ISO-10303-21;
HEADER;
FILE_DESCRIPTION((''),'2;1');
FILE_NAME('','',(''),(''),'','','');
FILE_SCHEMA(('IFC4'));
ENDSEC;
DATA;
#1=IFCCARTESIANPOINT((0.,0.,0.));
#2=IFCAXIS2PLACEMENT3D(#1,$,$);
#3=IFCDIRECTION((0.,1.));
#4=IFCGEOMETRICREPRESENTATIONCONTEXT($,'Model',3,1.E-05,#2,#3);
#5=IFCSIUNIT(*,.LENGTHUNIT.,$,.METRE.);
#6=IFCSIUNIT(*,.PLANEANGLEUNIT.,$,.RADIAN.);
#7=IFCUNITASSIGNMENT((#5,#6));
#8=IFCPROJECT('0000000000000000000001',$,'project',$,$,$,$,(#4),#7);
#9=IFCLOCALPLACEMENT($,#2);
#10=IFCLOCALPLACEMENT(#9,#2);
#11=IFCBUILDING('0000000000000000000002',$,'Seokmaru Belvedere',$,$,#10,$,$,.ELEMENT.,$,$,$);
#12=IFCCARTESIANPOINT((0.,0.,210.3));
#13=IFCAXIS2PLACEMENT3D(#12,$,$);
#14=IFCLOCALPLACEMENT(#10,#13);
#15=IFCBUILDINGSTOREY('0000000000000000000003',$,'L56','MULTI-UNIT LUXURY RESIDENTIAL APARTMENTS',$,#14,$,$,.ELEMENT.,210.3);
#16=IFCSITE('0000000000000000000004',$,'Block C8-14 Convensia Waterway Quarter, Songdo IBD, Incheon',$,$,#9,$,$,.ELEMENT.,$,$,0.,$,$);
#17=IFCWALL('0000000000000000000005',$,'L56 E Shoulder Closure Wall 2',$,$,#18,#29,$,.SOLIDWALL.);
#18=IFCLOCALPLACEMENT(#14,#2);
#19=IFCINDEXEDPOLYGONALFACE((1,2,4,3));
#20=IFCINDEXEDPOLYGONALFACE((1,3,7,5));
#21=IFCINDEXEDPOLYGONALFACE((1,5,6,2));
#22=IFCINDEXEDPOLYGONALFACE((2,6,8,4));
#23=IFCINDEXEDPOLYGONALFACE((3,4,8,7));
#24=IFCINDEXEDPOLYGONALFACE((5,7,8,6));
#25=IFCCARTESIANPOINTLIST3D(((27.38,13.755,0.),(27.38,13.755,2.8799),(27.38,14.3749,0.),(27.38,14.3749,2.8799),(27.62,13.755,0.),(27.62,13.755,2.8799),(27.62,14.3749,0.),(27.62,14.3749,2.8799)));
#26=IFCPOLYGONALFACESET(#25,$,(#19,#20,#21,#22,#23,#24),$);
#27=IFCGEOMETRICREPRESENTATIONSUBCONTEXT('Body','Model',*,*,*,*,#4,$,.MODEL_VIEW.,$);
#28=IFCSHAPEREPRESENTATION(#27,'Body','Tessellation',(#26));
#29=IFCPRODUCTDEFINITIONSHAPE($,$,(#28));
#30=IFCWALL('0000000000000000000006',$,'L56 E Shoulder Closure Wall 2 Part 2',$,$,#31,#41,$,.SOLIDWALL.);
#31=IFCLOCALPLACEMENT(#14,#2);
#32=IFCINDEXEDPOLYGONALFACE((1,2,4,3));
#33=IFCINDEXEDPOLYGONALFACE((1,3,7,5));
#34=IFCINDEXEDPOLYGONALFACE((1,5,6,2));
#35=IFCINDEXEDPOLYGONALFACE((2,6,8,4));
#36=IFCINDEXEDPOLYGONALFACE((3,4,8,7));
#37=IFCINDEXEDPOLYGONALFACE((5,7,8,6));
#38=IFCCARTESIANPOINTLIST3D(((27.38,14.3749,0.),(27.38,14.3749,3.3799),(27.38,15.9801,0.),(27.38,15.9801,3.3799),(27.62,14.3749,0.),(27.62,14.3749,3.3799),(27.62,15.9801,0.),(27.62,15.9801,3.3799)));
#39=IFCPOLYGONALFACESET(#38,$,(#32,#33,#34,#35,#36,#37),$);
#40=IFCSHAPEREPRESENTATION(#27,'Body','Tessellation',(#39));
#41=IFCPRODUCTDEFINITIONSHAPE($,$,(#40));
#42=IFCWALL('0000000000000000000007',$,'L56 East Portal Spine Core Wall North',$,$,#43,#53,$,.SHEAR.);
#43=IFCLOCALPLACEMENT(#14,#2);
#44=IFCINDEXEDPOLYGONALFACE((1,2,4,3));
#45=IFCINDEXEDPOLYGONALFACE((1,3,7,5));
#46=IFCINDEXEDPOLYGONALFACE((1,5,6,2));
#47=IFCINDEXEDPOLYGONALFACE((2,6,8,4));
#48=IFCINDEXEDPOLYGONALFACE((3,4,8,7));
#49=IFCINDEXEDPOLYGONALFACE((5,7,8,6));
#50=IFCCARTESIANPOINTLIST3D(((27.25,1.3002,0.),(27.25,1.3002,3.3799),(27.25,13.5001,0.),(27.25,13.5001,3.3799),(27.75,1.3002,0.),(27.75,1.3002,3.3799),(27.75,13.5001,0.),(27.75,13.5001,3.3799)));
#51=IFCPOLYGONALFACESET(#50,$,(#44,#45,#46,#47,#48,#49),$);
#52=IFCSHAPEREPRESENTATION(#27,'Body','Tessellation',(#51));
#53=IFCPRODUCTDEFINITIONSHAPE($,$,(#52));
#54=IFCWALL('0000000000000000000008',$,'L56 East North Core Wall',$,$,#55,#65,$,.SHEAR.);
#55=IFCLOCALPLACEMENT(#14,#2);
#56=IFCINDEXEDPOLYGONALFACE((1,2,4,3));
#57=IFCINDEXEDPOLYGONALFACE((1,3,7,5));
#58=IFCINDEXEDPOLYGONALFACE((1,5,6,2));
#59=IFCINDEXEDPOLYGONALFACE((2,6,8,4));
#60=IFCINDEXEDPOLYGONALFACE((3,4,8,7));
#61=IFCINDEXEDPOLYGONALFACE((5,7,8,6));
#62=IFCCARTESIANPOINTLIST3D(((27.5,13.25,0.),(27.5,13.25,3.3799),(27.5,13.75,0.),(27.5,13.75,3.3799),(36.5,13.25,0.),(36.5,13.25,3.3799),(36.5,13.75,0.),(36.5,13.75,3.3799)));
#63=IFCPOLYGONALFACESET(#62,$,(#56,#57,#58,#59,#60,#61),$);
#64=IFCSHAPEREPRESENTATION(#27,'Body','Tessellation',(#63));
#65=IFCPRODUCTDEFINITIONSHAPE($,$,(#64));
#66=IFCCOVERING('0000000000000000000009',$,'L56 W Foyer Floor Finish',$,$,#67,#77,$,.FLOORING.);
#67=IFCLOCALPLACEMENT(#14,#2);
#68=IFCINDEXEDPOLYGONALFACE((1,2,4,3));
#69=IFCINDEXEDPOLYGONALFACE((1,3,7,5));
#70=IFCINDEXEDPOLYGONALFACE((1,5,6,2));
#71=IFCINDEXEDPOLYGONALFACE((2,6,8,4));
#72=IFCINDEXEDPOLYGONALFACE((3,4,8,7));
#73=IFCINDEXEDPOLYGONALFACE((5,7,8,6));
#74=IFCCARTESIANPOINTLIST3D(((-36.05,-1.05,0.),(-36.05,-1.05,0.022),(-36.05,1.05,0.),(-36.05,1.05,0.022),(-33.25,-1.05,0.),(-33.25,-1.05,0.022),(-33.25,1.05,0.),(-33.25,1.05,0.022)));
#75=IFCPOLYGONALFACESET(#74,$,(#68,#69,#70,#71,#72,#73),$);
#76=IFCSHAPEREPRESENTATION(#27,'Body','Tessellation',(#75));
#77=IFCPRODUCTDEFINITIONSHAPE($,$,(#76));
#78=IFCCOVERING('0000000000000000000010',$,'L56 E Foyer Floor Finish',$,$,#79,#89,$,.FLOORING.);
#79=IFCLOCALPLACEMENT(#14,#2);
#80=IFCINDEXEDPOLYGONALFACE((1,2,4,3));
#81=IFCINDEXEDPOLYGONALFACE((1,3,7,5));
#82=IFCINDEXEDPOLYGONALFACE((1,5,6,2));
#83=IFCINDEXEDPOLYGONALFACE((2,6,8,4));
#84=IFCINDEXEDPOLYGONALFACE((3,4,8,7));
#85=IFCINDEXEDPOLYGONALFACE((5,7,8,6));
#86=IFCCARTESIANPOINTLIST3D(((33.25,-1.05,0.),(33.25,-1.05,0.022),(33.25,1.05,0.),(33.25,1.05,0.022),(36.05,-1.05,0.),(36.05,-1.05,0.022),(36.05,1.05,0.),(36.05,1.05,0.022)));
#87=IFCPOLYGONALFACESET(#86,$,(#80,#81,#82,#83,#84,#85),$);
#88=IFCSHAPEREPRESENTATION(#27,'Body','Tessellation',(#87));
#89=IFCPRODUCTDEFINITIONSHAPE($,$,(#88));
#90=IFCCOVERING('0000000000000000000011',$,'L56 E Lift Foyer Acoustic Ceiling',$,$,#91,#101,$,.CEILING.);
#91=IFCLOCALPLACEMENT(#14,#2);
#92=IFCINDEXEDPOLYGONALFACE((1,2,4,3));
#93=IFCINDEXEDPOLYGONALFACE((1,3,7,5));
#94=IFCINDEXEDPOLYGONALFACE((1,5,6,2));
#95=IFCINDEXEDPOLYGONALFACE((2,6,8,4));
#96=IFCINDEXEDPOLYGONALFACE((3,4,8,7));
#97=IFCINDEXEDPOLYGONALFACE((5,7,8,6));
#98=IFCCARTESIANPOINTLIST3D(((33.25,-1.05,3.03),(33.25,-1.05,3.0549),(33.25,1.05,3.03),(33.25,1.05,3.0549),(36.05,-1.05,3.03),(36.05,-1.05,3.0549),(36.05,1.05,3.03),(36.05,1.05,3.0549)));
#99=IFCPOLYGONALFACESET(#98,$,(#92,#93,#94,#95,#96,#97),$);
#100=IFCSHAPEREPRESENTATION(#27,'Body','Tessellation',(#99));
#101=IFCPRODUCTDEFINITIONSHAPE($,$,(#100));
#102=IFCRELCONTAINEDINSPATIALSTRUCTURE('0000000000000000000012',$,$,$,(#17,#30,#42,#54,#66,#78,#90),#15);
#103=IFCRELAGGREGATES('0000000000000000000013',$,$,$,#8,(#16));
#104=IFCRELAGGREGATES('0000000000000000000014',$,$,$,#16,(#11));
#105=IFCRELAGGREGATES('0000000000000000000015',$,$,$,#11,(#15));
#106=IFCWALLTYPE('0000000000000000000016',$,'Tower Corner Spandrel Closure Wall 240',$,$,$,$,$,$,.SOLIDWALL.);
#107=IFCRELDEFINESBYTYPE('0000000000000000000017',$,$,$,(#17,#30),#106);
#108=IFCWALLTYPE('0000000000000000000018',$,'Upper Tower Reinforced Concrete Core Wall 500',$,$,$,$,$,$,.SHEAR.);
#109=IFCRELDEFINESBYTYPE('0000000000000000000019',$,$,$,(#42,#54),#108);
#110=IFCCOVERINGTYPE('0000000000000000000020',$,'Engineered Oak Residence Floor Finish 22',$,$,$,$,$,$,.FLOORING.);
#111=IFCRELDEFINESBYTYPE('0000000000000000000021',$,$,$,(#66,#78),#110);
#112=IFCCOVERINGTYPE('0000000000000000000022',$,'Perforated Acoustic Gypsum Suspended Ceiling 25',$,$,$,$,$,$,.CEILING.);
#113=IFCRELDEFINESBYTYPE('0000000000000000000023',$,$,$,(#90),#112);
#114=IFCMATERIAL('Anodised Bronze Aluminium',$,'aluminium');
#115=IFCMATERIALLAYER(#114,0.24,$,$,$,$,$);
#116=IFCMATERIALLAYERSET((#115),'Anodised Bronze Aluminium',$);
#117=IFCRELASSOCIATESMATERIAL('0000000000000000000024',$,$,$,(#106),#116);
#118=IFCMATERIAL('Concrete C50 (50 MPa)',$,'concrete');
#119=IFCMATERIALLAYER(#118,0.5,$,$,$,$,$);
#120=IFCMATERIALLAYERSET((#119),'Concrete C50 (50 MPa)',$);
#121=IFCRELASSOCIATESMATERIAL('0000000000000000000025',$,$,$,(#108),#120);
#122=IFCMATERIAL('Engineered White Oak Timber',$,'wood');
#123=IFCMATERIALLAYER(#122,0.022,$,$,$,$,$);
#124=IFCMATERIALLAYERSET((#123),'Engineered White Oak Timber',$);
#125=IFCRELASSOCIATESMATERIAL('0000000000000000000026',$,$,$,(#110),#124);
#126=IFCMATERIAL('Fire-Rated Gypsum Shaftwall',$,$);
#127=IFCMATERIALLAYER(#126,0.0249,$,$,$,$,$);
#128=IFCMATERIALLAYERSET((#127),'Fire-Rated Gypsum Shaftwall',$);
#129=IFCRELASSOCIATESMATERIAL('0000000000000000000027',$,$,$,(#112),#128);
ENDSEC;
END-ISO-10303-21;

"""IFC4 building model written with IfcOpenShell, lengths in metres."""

from ifc_helpers import new_model, si_unit, direction, frame, frame_2d, origin, place, context, subcontext, project, spatial, polyline, rectangle, outline, extrude, material, layer, layer_set, type_object, element, save


model = new_model("IFC4")

# Units and contexts
model_context = context("Model", 3, precision=1e-05, world=origin(), true_north=direction((0.0, 1.0)))
body_context = subcontext(model_context, "Body", "Model", "MODEL_VIEW")
ifc_project = project(units=[si_unit("LENGTHUNIT", "METRE"), si_unit("PLANEANGLEUNIT", "RADIAN")], contexts=[model_context])

# Site, building, storey
site_placement = place(None, origin())
site = spatial("IfcSite", under=ifc_project, at=site_placement, Name="Block C8-14 Convensia Waterway Quarter, Songdo IBD, Incheon", CompositionType="ELEMENT", RefElevation=0.0)
building_placement = place(site_placement, origin())
building = spatial("IfcBuilding", under=site, at=building_placement, Name="Seokmaru Belvedere", CompositionType="ELEMENT")
storey_placement = place(building_placement, frame((0.0, 0.0, 210.3)))
storey = spatial("IfcBuildingStorey", under=building, at=storey_placement, Name="L56", Description="MULTI-UNIT LUXURY RESIDENTIAL APARTMENTS", CompositionType="ELEMENT", Elevation=210.3)

# Shared definitions
ifc_material_1 = material(Name="Anodised Bronze Aluminium", Category="aluminium")

# Shared definitions
ifc_material_2 = material(Name="Concrete C50 (50 MPa)", Category="concrete")
ifc_material_3 = material(Name="Fire-Rated Gypsum Shaftwall")

# Walls
ifc_layer_1 = layer(ifc_material_1, 0.24)
ifc_layer_set_1 = layer_set([ifc_layer_1], Name="Anodised Bronze Aluminium")
wall_type_1 = type_object("IfcWallType", Name="Tower Corner Spandrel Closure Wall 240", PredefinedType="SOLIDWALL", material=ifc_layer_set_1)
wall_1_placement = place(storey_placement, frame((27.5, 13.7549, 0.0), z_axis=(0.0, 0.0, 1.0), x_axis=(0.0, 1.0, 0.0)))
element("IfcWall", 1, at=wall_1_placement, inside=storey, type_object=wall_type_1, Name="L56 E Shoulder Closure Wall 2", PredefinedType="SOLIDWALL", context=body_context, shape_type="SweptSolid", body=[
    extrude(rectangle(XDim=0.6199, YDim=0.24, at=frame_2d((0.3101, 0.0))), origin(), (0.0, 0.0, 1.0), 2.8799),
])
wall_2_placement = place(storey_placement, frame((27.5, 14.3748, 0.0), z_axis=(0.0, 0.0, 1.0), x_axis=(0.0, 1.0, 0.0)))
element("IfcWall", 2, at=wall_2_placement, inside=storey, type_object=wall_type_1, Name="L56 E Shoulder Closure Wall 2 Part 2", PredefinedType="SOLIDWALL", context=body_context, shape_type="SweptSolid", body=[
    extrude(rectangle(XDim=1.6052, YDim=0.24, at=frame_2d((0.8027, 0.0))), origin(), (0.0, 0.0, 1.0), 3.3799),
])
ifc_layer_2 = layer(ifc_material_2, 0.5)
ifc_layer_set_2 = layer_set([ifc_layer_2], Name="Concrete C50 (50 MPa)")
wall_type_2 = type_object("IfcWallType", Name="Upper Tower Reinforced Concrete Core Wall 500", PredefinedType="SHEAR", material=ifc_layer_set_2)
wall_3_placement = place(storey_placement, frame((27.5, 1.3, 0.0), z_axis=(0.0, 0.0, 1.0), x_axis=(0.0, 1.0, 0.0)))
element("IfcWall", 3, at=wall_3_placement, inside=storey, type_object=wall_type_2, Name="L56 East Portal Spine Core Wall North", PredefinedType="SHEAR", context=body_context, shape_type="SweptSolid", body=[
    extrude(rectangle(XDim=12.2, YDim=0.5, at=frame_2d((6.1001, 0.0))), origin(), (0.0, 0.0, 1.0), 3.3799),
])
wall_4_placement = place(storey_placement, frame((27.5, 13.5, 0.0), z_axis=(0.0, 0.0, 1.0), x_axis=(1.0, 0.0, 0.0)))
element("IfcWall", 4, at=wall_4_placement, inside=storey, type_object=wall_type_2, Name="L56 East North Core Wall", PredefinedType="SHEAR", context=body_context, shape_type="SweptSolid", body=[
    extrude(rectangle(XDim=9.0, YDim=0.5, at=frame_2d((4.5, 0.0))), origin(), (0.0, 0.0, 1.0), 3.3799),
])

# Coverings
ifc_material_4 = material(Name="Engineered White Oak Timber", Category="wood")
ifc_layer_3 = layer(ifc_material_4, 0.022)
ifc_layer_set_3 = layer_set([ifc_layer_3], Name="Engineered White Oak Timber")
covering_type_1 = type_object("IfcCoveringType", Name="Engineered Oak Residence Floor Finish 22", PredefinedType="FLOORING", material=ifc_layer_set_3)
covering_1_placement = place(storey_placement, origin())
element("IfcCovering", 5, at=covering_1_placement, inside=storey, type_object=covering_type_1, Name="L56 W Foyer Floor Finish", PredefinedType="FLOORING", context=body_context, shape_type="SweptSolid", body=[
    extrude(outline(polyline([(-36.05, -1.05), (-33.25, -1.05), (-33.25, 1.05), (-36.05, 1.05), (-36.05, -1.05)])), origin(), (0.0, 0.0, 1.0), 0.022),
])
covering_2_placement = place(storey_placement, origin())
element("IfcCovering", 6, at=covering_2_placement, inside=storey, type_object=covering_type_1, Name="L56 E Foyer Floor Finish", PredefinedType="FLOORING", context=body_context, shape_type="SweptSolid", body=[
    extrude(outline(polyline([(33.25, -1.05), (36.05, -1.05), (36.05, 1.05), (33.25, 1.05), (33.25, -1.05)])), origin(), (0.0, 0.0, 1.0), 0.022),
])
ifc_layer_4 = layer(ifc_material_3, 0.0249)
ifc_layer_set_4 = layer_set([ifc_layer_4], Name="Fire-Rated Gypsum Shaftwall")
covering_type_2 = type_object("IfcCoveringType", Name="Perforated Acoustic Gypsum Suspended Ceiling 25", PredefinedType="CEILING", material=ifc_layer_set_4)
covering_3_placement = place(storey_placement, frame((0.0, 0.0, 3.03)))
element("IfcCovering", 7, at=covering_3_placement, inside=storey, type_object=covering_type_2, Name="L56 E Lift Foyer Acoustic Ceiling", PredefinedType="CEILING", context=body_context, shape_type="SweptSolid", body=[
    extrude(outline(polyline([(33.25, -1.05), (36.05, -1.05), (36.05, 1.05), (33.25, 1.05), (33.25, -1.05)])), origin(), (0.0, 0.0, 1.0), 0.0249),
])

save(model, "model.ifc")
